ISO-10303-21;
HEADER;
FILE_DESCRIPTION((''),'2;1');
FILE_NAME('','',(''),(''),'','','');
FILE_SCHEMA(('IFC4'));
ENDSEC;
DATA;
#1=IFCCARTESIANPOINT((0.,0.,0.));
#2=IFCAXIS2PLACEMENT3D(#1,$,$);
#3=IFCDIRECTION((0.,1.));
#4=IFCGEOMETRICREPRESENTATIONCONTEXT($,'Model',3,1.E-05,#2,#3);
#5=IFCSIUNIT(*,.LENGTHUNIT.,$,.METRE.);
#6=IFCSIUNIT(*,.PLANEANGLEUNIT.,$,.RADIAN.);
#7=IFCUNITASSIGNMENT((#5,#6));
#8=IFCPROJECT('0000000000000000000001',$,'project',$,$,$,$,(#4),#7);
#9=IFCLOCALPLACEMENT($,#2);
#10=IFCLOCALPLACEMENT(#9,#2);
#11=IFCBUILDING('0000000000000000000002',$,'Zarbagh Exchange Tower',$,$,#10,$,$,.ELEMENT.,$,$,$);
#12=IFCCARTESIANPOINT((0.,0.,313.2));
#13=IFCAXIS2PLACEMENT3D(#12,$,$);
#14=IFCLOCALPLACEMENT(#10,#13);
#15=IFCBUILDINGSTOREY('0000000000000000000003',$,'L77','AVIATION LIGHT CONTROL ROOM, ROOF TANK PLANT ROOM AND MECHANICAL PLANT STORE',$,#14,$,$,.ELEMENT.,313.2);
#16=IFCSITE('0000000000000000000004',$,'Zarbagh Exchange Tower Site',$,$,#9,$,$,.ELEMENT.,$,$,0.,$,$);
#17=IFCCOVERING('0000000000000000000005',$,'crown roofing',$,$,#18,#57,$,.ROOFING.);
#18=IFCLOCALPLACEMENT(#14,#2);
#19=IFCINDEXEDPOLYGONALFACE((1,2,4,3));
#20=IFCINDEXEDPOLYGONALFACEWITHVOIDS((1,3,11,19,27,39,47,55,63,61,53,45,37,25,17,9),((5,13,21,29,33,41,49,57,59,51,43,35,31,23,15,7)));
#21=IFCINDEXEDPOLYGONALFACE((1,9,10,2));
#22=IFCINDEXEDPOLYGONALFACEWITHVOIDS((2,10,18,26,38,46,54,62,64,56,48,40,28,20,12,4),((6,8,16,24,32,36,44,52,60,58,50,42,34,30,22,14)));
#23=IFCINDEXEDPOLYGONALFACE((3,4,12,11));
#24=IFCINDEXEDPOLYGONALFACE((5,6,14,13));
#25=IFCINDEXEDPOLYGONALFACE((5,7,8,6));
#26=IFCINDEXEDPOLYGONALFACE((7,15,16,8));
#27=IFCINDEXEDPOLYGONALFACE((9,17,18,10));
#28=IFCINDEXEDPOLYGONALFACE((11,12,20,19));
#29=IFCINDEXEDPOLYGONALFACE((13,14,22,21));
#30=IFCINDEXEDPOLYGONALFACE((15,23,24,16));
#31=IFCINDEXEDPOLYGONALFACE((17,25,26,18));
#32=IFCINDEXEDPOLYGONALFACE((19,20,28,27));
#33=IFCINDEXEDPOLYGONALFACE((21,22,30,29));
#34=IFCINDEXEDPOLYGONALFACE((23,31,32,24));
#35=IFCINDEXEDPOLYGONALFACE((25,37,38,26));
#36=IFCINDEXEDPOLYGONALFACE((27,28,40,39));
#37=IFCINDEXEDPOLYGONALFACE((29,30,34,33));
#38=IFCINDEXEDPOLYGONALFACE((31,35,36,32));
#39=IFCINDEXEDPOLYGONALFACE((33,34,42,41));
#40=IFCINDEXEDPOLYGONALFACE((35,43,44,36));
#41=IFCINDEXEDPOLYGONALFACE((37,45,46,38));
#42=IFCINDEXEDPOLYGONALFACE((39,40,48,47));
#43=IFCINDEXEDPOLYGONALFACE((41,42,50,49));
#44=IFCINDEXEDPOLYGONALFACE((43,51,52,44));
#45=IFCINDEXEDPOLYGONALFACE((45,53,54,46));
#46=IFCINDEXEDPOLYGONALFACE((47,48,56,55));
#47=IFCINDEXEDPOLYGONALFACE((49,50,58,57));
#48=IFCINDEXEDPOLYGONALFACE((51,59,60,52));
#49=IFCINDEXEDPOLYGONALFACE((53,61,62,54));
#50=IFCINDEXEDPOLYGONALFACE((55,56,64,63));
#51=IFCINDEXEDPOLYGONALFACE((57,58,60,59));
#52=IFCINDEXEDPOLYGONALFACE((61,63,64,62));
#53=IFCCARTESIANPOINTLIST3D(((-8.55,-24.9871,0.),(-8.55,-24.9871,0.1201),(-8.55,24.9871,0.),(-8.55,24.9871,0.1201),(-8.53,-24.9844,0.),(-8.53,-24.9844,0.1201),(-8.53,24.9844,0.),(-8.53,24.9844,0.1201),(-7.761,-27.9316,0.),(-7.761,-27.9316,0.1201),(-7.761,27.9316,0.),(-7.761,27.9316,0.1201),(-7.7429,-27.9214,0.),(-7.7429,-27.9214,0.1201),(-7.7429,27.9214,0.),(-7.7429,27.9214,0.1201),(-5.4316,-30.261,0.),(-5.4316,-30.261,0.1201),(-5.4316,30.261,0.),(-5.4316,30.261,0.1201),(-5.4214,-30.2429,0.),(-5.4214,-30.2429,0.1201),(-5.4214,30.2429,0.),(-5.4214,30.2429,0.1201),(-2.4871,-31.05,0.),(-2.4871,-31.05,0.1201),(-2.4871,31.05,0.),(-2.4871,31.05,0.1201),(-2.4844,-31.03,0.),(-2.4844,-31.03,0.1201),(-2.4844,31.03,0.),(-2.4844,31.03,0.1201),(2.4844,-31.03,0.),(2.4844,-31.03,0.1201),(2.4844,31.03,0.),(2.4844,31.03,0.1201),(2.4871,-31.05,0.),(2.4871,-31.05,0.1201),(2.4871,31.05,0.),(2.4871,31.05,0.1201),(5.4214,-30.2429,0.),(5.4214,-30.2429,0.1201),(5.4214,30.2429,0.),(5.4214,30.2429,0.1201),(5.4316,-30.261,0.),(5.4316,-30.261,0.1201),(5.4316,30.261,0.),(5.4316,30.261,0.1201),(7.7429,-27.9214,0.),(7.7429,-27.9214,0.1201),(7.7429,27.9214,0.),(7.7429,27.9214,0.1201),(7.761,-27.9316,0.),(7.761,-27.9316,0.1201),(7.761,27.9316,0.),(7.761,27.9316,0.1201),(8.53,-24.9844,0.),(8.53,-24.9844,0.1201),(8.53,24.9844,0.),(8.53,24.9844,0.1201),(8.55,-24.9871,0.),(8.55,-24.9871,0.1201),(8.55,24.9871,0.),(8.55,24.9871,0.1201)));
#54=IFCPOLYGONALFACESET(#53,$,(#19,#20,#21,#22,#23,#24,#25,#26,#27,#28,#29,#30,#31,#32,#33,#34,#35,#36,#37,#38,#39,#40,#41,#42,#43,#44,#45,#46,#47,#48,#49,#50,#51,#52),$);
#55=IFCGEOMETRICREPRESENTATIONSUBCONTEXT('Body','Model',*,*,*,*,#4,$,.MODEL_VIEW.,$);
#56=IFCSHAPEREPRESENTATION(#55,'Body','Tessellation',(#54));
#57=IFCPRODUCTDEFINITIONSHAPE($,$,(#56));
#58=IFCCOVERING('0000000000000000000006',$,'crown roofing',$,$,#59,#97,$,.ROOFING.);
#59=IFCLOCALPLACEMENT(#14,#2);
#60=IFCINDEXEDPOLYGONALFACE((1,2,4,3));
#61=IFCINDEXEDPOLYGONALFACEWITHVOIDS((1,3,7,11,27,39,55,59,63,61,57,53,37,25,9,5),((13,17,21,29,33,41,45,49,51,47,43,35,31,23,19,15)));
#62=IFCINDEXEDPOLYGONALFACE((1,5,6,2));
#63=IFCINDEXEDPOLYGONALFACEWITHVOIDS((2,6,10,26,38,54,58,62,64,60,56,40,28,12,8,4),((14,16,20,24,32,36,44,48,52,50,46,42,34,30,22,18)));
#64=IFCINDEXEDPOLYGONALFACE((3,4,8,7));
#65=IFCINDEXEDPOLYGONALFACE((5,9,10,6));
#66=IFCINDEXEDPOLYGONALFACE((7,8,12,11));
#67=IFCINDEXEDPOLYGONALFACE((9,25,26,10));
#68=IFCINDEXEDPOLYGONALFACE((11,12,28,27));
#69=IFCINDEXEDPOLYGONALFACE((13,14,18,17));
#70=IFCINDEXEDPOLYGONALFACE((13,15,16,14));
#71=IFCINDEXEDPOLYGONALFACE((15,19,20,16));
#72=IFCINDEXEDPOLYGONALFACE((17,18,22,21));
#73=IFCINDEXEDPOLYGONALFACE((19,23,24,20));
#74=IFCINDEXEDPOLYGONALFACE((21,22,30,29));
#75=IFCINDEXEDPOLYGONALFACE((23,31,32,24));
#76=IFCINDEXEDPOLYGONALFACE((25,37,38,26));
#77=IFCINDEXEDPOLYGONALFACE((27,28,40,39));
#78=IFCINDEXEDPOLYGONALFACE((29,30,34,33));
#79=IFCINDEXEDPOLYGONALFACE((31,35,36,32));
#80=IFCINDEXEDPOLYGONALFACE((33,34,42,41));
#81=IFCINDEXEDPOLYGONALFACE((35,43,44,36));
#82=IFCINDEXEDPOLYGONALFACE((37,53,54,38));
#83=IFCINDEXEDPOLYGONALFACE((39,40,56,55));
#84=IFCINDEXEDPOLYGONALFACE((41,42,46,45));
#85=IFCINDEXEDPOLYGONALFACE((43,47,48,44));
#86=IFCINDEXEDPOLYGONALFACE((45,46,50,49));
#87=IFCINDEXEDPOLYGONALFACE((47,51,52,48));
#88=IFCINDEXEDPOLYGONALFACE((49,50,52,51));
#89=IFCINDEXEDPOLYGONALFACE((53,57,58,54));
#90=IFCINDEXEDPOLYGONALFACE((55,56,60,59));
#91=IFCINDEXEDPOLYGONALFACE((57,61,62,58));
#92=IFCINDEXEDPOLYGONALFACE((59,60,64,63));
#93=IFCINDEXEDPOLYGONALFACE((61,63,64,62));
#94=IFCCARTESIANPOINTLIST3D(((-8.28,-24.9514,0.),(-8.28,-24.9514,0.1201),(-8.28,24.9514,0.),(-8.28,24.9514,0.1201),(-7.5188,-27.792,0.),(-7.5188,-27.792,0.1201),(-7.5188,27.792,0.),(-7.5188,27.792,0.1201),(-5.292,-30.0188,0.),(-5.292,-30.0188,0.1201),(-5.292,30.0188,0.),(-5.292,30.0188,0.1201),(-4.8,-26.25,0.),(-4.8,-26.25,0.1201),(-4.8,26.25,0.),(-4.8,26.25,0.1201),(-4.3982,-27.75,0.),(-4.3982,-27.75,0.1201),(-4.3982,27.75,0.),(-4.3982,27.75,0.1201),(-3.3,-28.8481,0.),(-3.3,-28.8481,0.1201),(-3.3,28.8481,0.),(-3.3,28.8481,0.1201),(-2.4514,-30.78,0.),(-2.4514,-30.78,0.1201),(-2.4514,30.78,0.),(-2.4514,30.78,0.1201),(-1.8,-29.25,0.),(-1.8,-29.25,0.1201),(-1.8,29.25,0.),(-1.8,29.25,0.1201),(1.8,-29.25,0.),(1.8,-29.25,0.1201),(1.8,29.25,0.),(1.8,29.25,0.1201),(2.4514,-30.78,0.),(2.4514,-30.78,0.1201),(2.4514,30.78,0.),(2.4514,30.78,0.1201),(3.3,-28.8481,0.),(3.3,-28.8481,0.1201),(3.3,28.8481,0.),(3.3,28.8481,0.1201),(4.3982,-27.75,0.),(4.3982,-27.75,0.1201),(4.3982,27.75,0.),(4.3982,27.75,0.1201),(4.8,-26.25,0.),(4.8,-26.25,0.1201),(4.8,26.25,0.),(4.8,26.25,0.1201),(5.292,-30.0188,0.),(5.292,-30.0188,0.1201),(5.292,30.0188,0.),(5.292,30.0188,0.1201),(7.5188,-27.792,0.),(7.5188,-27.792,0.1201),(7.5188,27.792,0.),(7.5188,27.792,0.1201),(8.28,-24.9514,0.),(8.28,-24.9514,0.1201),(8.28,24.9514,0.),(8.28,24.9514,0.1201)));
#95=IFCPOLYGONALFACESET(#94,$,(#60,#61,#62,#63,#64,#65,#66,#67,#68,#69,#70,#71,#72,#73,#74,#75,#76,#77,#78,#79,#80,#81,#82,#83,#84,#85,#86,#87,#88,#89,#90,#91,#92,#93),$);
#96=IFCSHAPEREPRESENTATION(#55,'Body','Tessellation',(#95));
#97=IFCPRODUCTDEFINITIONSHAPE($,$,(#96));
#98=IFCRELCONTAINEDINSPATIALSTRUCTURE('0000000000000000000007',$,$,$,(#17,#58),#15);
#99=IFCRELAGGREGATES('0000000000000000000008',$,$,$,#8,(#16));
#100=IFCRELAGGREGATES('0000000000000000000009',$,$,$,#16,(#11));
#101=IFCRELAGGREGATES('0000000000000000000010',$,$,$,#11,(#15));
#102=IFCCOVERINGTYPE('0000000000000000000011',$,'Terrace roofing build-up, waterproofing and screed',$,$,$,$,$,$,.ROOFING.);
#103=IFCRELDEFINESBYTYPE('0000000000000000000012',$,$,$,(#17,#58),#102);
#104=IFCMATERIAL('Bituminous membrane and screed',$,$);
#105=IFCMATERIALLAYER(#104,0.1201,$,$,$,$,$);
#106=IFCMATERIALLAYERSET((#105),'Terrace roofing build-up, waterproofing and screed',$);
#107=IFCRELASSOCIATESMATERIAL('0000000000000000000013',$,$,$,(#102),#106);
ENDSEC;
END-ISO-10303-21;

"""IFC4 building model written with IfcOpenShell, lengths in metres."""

from ifc_helpers import new_model, si_unit, direction, frame, origin, place, context, subcontext, project, spatial, polyline, outline, extrude, material, layer, layer_set, type_object, element, save


model = new_model("IFC4")

# Units and contexts
model_context = context("Model", 3, precision=1e-05, world=origin(), true_north=direction((0.0, 1.0)))
body_context = subcontext(model_context, "Body", "Model", "MODEL_VIEW")
ifc_project = project(units=[si_unit("LENGTHUNIT", "METRE"), si_unit("PLANEANGLEUNIT", "RADIAN")], contexts=[model_context])

# Site, building, storey
site_placement = place(None, origin())
site = spatial("IfcSite", under=ifc_project, at=site_placement, Name="Zarbagh Exchange Tower Site", CompositionType="ELEMENT", RefElevation=0.0)
building_placement = place(site_placement, origin())
building = spatial("IfcBuilding", under=site, at=building_placement, Name="Zarbagh Exchange Tower", CompositionType="ELEMENT")
storey_placement = place(building_placement, frame((0.0, 0.0, 313.2)))
storey = spatial("IfcBuildingStorey", under=building, at=storey_placement, Name="L77", Description="AVIATION LIGHT CONTROL ROOM, ROOF TANK PLANT ROOM AND MECHANICAL PLANT STORE", CompositionType="ELEMENT", Elevation=313.2)

# Coverings
ifc_material_1 = material(Name="Bituminous membrane and screed")
ifc_layer_1 = layer(ifc_material_1, 0.1201)
ifc_layer_set_1 = layer_set([ifc_layer_1], Name="Terrace roofing build-up, waterproofing and screed")
covering_type = type_object("IfcCoveringType", Name="Terrace roofing build-up, waterproofing and screed", PredefinedType="ROOFING", material=ifc_layer_set_1)
covering_1_placement = place(storey_placement, origin())
element("IfcCovering", 1, at=covering_1_placement, inside=storey, type_object=covering_type, Name="crown roofing", PredefinedType="ROOFING", context=body_context, shape_type="SweptSolid", body=[
    extrude(outline(polyline([(-5.4316, -30.261), (-7.761, -27.9316), (-8.55, -24.9871), (-8.55, 24.9871), (-7.761, 27.9316), (-5.4316, 30.261), (-2.4871, 31.05), (2.4871, 31.05), (5.4316, 30.261), (7.761, 27.9316), (8.55, 24.9871), (8.55, -24.9871), (7.761, -27.9316), (5.4316, -30.261), (2.4871, -31.05), (-2.4871, -31.05), (-5.4316, -30.261)]), holes=[polyline([(-8.53, -24.9844), (-7.7429, -27.9214), (-5.4214, -30.2429), (-2.4844, -31.03), (2.4844, -31.03), (5.4214, -30.2429), (7.7429, -27.9214), (8.53, -24.9844), (8.53, 24.9844), (7.7429, 27.9214), (5.4214, 30.2429), (2.4844, 31.03), (-2.4844, 31.03), (-5.4214, 30.2429), (-7.7429, 27.9214), (-8.53, 24.9844), (-8.53, -24.9844)])]), origin(), (0.0, 0.0, 1.0), 0.1201),
])
covering_2_placement = place(storey_placement, origin())
element("IfcCovering", 2, at=covering_2_placement, inside=storey, type_object=covering_type, Name="crown roofing", PredefinedType="ROOFING", context=body_context, shape_type="SweptSolid", body=[
    extrude(outline(polyline([(2.4514, 30.78), (5.292, 30.0188), (7.5188, 27.792), (8.28, 24.9514), (8.28, -24.9514), (7.5188, -27.792), (5.292, -30.0188), (2.4514, -30.78), (-2.4514, -30.78), (-5.292, -30.0188), (-7.5188, -27.792), (-8.28, -24.9514), (-8.28, 24.9514), (-7.5188, 27.792), (-5.292, 30.0188), (-2.4514, 30.78), (2.4514, 30.78)]), holes=[polyline([(4.3982, -27.75), (4.8, -26.25), (4.8, 26.25), (4.3982, 27.75), (3.3, 28.8481), (1.8, 29.25), (-1.8, 29.25), (-3.3, 28.8481), (-4.3982, 27.75), (-4.8, 26.25), (-4.8, -26.25), (-4.3982, -27.75), (-3.3, -28.8481), (-1.8, -29.25), (1.8, -29.25), (3.3, -28.8481), (4.3982, -27.75)])]), origin(), (0.0, 0.0, 1.0), 0.1201),
])

save(model, "model.ifc")
